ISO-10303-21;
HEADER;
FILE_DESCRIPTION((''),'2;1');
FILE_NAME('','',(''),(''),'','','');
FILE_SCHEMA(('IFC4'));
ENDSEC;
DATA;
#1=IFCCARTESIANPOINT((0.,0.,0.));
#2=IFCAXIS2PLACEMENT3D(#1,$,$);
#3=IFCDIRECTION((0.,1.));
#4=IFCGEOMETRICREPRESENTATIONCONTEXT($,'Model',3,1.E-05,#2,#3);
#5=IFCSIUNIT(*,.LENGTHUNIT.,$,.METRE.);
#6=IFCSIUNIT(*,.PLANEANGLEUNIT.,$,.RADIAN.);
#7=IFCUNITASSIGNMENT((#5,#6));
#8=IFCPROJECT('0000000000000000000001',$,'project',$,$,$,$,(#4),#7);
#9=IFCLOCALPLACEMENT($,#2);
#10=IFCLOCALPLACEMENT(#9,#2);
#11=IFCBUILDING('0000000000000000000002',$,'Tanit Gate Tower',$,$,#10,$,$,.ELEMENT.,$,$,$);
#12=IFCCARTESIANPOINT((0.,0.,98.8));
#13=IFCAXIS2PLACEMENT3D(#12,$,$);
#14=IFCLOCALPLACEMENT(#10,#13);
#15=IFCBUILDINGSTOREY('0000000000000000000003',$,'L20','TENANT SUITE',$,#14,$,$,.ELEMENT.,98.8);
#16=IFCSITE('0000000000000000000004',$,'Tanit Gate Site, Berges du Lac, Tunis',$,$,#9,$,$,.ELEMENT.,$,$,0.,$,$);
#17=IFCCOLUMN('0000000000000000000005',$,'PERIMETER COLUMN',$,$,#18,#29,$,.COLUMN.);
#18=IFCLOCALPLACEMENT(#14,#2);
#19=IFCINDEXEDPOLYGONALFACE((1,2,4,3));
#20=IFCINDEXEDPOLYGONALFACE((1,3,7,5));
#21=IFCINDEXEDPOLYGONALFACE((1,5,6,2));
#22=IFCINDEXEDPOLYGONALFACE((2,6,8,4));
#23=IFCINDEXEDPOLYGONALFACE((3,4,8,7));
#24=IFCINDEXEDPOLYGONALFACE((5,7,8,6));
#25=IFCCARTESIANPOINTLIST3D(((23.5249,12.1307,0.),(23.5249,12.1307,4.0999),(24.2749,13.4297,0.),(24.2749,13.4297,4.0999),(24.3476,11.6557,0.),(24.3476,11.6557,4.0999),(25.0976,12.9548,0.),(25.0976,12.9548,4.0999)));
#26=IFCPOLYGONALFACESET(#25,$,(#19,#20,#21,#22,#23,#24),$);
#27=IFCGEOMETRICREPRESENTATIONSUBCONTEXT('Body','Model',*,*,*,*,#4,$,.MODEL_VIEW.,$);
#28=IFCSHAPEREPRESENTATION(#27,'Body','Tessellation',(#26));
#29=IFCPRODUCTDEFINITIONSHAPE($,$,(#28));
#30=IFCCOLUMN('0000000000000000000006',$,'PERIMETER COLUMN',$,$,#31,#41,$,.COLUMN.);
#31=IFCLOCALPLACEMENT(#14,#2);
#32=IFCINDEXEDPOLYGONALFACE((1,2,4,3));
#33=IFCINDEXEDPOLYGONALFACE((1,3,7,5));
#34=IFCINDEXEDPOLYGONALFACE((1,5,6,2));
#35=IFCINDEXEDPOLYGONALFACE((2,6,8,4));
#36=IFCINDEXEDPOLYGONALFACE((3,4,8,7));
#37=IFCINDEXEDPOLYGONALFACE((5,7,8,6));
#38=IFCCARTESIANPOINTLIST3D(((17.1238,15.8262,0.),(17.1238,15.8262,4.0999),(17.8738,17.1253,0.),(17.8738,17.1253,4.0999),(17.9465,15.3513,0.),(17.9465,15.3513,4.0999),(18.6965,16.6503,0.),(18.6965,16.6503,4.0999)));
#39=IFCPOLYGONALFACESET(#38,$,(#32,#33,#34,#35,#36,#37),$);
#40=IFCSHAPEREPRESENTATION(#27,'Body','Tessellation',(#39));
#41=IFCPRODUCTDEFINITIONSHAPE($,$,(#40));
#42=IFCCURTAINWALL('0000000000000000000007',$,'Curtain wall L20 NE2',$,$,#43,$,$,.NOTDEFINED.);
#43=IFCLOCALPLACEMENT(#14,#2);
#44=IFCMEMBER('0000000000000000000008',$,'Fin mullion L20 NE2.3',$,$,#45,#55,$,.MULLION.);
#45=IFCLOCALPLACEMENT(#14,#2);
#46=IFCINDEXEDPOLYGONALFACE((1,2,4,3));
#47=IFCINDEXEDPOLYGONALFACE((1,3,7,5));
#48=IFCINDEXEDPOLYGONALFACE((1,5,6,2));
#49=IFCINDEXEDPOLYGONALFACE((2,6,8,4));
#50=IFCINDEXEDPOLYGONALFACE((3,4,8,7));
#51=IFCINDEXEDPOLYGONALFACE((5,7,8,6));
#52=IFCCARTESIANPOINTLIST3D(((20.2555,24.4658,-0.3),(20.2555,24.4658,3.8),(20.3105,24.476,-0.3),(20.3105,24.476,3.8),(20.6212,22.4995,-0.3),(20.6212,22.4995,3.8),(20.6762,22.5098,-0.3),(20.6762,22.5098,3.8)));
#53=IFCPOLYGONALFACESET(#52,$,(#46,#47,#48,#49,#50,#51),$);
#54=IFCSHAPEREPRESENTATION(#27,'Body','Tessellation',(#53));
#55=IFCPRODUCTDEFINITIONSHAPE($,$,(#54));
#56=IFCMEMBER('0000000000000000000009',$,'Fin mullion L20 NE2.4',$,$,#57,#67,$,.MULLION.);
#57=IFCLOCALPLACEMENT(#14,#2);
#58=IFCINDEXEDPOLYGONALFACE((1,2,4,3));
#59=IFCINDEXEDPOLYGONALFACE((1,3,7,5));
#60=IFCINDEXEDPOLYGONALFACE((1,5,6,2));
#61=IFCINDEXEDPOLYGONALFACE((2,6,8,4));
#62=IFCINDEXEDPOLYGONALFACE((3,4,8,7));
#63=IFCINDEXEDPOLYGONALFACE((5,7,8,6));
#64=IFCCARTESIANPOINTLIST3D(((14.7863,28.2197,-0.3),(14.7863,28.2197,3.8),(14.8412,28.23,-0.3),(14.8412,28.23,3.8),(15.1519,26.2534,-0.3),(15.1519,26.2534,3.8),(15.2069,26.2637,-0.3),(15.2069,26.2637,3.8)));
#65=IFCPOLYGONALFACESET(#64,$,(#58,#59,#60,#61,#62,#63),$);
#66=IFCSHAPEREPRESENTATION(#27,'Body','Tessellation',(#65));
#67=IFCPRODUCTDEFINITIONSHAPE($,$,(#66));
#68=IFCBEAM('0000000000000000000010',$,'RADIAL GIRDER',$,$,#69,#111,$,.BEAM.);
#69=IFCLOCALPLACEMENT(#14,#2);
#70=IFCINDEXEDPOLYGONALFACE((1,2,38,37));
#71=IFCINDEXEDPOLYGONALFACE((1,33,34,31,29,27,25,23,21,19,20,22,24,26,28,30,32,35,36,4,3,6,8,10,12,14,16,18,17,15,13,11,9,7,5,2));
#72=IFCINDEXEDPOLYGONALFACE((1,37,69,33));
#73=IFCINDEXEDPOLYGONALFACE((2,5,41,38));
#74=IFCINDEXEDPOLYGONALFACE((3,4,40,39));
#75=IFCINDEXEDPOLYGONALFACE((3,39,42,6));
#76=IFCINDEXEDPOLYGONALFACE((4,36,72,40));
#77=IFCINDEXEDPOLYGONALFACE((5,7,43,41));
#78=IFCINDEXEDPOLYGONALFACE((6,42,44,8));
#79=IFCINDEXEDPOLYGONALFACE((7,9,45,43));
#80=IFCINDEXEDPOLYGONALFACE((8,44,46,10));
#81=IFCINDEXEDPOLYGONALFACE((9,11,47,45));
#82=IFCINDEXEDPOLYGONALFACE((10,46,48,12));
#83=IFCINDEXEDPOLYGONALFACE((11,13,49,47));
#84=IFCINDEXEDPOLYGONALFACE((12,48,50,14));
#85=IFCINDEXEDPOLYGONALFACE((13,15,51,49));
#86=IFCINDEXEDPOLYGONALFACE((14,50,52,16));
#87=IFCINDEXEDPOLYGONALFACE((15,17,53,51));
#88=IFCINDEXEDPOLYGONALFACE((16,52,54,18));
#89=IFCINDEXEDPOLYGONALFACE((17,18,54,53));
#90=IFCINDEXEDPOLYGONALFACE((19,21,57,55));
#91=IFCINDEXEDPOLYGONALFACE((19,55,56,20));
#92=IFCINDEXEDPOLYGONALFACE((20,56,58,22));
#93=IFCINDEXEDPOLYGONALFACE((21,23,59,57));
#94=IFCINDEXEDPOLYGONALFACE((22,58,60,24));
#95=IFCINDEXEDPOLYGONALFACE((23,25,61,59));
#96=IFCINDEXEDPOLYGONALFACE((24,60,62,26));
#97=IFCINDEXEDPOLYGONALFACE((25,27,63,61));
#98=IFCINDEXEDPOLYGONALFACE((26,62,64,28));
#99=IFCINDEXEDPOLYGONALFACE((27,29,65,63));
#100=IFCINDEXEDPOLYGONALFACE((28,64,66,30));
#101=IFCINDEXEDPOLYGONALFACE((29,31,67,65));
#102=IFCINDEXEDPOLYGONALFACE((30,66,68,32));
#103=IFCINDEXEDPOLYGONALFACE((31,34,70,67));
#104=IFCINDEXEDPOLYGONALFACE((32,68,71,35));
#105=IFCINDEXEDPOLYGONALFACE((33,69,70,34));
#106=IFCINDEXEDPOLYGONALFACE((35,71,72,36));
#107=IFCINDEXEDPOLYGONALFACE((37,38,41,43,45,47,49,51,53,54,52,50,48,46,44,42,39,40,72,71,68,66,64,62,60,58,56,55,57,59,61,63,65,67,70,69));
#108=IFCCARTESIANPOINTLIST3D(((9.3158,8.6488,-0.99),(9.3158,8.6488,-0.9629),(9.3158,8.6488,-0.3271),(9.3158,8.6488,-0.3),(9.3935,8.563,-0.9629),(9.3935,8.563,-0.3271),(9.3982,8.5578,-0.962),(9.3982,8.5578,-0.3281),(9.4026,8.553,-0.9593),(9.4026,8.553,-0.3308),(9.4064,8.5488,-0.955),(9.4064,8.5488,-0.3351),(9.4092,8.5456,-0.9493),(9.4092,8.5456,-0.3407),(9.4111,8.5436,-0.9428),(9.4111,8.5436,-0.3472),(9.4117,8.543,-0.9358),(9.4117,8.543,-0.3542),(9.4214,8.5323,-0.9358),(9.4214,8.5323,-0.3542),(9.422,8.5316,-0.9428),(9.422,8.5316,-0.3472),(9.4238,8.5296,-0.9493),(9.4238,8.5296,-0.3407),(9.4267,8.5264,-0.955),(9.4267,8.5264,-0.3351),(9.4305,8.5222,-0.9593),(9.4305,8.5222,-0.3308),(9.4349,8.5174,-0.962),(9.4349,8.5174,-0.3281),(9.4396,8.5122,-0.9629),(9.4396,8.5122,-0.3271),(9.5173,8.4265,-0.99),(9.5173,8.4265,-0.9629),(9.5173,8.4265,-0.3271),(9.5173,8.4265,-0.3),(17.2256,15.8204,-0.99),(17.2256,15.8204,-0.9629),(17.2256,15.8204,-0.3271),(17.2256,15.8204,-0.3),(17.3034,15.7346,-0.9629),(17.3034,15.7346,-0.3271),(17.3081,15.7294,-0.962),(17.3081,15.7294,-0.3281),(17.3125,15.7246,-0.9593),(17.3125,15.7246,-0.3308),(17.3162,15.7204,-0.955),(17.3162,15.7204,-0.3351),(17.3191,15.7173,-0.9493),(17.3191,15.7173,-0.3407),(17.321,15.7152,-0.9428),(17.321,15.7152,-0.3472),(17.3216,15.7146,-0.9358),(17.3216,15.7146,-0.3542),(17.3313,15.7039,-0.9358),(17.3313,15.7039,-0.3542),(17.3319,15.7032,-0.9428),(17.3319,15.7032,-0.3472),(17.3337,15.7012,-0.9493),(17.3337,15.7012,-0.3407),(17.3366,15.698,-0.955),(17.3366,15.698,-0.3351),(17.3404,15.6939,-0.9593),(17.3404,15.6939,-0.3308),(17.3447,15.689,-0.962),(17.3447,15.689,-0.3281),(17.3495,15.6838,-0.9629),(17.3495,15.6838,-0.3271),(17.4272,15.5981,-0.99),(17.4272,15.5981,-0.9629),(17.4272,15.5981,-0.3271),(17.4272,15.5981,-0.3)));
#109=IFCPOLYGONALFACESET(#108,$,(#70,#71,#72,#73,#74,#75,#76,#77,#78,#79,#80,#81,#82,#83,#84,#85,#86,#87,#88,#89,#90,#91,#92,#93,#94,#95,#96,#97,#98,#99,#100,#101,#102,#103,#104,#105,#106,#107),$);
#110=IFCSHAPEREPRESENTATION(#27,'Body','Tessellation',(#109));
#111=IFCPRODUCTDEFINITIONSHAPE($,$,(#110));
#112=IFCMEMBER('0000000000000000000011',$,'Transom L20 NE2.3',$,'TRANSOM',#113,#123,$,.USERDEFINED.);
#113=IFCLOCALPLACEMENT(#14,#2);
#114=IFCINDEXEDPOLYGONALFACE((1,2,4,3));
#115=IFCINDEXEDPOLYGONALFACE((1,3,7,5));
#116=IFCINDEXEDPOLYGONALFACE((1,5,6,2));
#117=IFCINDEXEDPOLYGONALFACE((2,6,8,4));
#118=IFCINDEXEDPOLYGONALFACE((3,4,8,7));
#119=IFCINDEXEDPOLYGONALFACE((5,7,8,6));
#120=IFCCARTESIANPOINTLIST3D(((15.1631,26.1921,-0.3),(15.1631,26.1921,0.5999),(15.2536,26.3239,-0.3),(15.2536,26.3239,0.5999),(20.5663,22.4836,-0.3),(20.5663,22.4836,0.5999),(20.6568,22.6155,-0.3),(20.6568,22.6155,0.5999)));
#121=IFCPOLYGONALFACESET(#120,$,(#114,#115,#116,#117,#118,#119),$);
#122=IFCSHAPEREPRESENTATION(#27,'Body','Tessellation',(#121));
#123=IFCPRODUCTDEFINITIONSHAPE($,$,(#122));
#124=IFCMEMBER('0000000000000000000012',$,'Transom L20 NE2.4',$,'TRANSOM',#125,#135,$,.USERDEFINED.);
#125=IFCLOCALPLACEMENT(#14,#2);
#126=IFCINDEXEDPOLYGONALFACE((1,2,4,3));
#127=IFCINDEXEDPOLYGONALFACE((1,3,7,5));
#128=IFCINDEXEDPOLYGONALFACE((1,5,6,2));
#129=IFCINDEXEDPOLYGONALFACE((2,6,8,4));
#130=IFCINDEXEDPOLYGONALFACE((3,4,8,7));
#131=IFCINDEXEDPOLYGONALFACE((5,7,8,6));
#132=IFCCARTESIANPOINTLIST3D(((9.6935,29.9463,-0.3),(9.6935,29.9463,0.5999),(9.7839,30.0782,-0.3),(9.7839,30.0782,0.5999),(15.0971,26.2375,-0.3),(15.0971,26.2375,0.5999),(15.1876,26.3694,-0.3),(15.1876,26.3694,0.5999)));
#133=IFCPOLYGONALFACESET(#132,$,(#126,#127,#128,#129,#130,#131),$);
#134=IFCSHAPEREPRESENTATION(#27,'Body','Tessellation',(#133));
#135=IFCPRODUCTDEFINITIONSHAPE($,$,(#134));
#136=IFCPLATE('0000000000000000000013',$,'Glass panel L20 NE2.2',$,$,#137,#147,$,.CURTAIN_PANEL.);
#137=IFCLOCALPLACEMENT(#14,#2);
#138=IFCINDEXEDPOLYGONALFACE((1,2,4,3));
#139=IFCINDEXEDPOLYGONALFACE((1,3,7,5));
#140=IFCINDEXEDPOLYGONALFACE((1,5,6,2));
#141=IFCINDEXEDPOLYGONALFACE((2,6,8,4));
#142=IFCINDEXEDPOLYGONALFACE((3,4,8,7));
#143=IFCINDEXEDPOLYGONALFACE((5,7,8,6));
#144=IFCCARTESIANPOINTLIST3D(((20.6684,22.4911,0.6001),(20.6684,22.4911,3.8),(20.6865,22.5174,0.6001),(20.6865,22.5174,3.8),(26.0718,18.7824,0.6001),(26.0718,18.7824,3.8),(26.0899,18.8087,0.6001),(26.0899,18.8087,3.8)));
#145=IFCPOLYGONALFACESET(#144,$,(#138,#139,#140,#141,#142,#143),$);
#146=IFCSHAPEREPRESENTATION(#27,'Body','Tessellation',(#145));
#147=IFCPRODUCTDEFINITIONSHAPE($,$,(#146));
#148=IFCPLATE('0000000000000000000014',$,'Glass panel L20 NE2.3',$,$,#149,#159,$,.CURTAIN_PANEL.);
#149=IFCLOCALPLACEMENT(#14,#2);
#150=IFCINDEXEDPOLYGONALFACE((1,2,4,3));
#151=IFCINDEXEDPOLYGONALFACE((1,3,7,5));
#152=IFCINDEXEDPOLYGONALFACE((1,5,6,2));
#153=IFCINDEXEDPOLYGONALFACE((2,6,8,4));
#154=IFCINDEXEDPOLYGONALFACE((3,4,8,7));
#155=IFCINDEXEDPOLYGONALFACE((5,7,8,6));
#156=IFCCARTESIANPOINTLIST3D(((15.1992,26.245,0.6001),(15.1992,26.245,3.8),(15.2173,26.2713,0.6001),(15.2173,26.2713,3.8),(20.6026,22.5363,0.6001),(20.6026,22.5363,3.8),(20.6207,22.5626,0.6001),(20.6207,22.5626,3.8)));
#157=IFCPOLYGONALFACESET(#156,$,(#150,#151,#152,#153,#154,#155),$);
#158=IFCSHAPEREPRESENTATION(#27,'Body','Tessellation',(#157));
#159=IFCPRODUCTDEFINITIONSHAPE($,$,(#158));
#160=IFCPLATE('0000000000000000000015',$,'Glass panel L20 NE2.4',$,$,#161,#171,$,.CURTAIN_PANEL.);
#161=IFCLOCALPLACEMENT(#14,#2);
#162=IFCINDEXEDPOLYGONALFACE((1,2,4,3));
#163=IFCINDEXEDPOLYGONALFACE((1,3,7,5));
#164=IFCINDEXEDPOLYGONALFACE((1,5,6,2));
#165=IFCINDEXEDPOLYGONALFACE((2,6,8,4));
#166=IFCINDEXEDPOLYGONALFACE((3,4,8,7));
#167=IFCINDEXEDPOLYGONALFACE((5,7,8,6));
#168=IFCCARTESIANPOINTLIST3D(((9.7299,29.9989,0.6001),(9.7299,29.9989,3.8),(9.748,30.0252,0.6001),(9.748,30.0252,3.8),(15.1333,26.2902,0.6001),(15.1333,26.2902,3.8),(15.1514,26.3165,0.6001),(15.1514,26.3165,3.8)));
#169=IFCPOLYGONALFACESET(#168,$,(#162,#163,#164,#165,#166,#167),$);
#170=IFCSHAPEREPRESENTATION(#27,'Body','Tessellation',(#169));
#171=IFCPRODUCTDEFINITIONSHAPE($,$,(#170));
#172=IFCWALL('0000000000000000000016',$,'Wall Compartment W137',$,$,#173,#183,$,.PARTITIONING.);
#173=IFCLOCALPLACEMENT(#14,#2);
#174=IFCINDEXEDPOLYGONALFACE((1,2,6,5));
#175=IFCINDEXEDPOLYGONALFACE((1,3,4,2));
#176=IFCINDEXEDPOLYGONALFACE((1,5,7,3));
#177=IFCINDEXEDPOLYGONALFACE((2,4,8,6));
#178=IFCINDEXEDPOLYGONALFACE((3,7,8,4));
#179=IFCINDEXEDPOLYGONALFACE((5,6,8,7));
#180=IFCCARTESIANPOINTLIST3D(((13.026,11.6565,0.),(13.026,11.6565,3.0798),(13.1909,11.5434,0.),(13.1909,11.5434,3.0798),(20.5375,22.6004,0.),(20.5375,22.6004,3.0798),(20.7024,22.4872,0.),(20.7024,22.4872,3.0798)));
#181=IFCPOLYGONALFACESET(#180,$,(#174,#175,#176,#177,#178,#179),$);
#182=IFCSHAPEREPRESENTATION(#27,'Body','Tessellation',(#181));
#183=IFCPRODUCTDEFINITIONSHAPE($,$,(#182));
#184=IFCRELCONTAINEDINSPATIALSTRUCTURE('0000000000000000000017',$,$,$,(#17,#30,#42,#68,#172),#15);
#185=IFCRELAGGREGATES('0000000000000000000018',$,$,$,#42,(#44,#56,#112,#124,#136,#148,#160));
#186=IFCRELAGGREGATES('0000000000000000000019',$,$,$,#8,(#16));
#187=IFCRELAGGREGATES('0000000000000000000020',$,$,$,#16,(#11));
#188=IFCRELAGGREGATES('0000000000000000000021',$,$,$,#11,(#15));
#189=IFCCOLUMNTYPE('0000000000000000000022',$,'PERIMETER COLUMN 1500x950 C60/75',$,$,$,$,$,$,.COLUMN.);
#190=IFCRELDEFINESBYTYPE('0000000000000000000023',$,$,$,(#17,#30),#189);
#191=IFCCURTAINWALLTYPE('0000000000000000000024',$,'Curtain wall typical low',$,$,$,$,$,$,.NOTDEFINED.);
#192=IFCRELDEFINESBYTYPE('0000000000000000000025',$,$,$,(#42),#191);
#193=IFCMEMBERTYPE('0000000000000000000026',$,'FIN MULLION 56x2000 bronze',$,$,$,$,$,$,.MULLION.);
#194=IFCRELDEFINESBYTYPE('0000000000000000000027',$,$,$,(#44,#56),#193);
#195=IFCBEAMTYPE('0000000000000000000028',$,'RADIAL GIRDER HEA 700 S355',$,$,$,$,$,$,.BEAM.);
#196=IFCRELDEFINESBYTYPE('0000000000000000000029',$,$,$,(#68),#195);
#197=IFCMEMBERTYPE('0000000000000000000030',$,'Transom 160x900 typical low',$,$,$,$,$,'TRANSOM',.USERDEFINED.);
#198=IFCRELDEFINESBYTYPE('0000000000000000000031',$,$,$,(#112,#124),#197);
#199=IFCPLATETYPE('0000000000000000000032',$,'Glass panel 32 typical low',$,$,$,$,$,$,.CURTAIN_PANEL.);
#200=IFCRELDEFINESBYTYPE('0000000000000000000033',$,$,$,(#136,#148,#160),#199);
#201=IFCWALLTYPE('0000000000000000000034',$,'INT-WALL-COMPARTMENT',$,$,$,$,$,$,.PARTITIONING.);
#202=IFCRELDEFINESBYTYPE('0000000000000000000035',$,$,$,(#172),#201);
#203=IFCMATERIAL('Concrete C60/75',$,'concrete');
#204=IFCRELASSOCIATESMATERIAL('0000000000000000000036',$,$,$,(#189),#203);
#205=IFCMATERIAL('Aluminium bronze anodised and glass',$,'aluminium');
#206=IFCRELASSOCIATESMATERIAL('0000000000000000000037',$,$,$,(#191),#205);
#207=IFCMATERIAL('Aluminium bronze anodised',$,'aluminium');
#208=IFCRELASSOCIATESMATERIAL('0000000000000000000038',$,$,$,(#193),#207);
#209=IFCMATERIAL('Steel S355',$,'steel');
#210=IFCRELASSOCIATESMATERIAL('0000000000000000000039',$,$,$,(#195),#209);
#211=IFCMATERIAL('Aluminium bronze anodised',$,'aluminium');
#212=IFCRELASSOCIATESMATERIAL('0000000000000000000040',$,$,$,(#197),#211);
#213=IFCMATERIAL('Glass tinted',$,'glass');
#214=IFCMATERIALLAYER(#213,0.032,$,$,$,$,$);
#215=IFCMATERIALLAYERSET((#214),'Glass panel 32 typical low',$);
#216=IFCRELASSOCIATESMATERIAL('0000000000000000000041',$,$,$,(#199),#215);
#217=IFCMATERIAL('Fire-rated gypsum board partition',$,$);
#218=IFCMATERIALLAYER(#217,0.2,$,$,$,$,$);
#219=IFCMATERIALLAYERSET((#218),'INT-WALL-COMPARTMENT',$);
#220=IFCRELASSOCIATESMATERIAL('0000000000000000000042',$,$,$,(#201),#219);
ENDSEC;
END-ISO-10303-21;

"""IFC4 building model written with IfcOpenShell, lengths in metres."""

from ifc_helpers import new_model, si_unit, direction, frame, frame_2d, origin, origin_2d, place, context, subcontext, project, spatial, rectangle, i_section, extrude, material, layer, layer_set, material_profile, profile_set, type_object, element, aggregate, save


model = new_model("IFC4")

# Units and contexts
model_context = context("Model", 3, precision=1e-05, world=origin(), true_north=direction((0.0, 1.0)))
body_context = subcontext(model_context, "Body", "Model", "MODEL_VIEW")
ifc_project = project(units=[si_unit("LENGTHUNIT", "METRE"), si_unit("PLANEANGLEUNIT", "RADIAN")], contexts=[model_context])

# Site, building, storey
site_placement = place(None, origin())
site = spatial("IfcSite", under=ifc_project, at=site_placement, Name="Tanit Gate Site, Berges du Lac, Tunis", CompositionType="ELEMENT", RefElevation=0.0)
building_placement = place(site_placement, origin())
building = spatial("IfcBuilding", under=site, at=building_placement, Name="Tanit Gate Tower", CompositionType="ELEMENT")
storey_placement = place(building_placement, frame((0.0, 0.0, 98.8)))
storey = spatial("IfcBuildingStorey", under=building, at=storey_placement, Name="L20", Description="TENANT SUITE", CompositionType="ELEMENT", Elevation=98.8)

# Columns
ifc_material_1 = material(Name="Concrete C60/75", Category="concrete")
ifc_material_profile_1 = material_profile(ifc_material_1, rectangle(XDim=1.5, YDim=0.95, at=origin_2d()), Name="RC 1500x950")
ifc_profile_set_1 = profile_set([ifc_material_profile_1], Name="Concrete C60/75")
column_type = type_object("IfcColumnType", Name="PERIMETER COLUMN 1500x950 C60/75", PredefinedType="COLUMN", material=ifc_profile_set_1)
for number, where, z_axis, x_axis, name in (
    (1, (24.3113, 12.5427, 0.0), (0.0, 0.0, 1.0), (0.5, 0.866025, 0.0), "PERIMETER COLUMN"),
    (2, (17.9102, 16.2383, 0.0), (0.0, 0.0, 1.0), (0.5, 0.866025, 0.0), "PERIMETER COLUMN"),
):
    element("IfcColumn", number, at=place(storey_placement, frame(where, z_axis=z_axis, x_axis=x_axis)), inside=storey, type_object=column_type, Name=name, PredefinedType="COLUMN", context=body_context, shape_type="SweptSolid", body=[
        extrude(rectangle(XDim=1.5, YDim=0.95, at=origin_2d()), origin(), (0.0, 0.0, 1.0), 4.0999),
    ])

# Curtain wall, members
ifc_material_2 = material(Name="Aluminium bronze anodised and glass", Category="aluminium")
curtain_wall_type = type_object("IfcCurtainWallType", Name="Curtain wall typical low", PredefinedType="NOTDEFINED", material=ifc_material_2)
curtain_wall_placement = place(storey_placement, origin())
curtain_wall = element("IfcCurtainWall", 3, at=curtain_wall_placement, inside=storey, type_object=curtain_wall_type, Name="Curtain wall L20 NE2", PredefinedType="NOTDEFINED")
ifc_material_3 = material(Name="Aluminium bronze anodised", Category="aluminium")
ifc_material_profile_2 = material_profile(ifc_material_3, rectangle(XDim=2.0, YDim=0.0559, at=origin_2d()), Name="56x2000 bronze fin mullion")
ifc_profile_set_2 = profile_set([ifc_material_profile_2], Name="Aluminium bronze anodised")
member_type_1 = type_object("IfcMemberType", Name="FIN MULLION 56x2000 bronze", PredefinedType="MULLION", material=ifc_profile_set_2)
member_1_placement = place(storey_placement, frame((20.4658, 23.4878, -0.3), z_axis=(0.0, 0.0, 1.0), x_axis=(0.182847, -0.983141, 0.0)))
member_1 = element("IfcMember", 4, at=member_1_placement, type_object=member_type_1, Name="Fin mullion L20 NE2.3", PredefinedType="MULLION", context=body_context, shape_type="SweptSolid", body=[
    extrude(rectangle(XDim=2.0, YDim=0.0559, at=origin_2d()), origin(), (0.0, 0.0, 1.0), 4.1001),
])
member_2_placement = place(storey_placement, frame((14.9966, 27.2417, -0.3), z_axis=(0.0, 0.0, 1.0), x_axis=(0.182847, -0.983141, 0.0)))
member_2 = element("IfcMember", 5, at=member_2_placement, type_object=member_type_1, Name="Fin mullion L20 NE2.4", PredefinedType="MULLION", context=body_context, shape_type="SweptSolid", body=[
    extrude(rectangle(XDim=2.0, YDim=0.0559, at=origin_2d()), origin(), (0.0, 0.0, 1.0), 4.1001),
])

# Beam
ifc_material_4 = material(Name="Steel S355", Category="steel")
ifc_material_profile_3 = material_profile(ifc_material_4, i_section(OverallWidth=0.3, OverallDepth=0.6899, WebThickness=0.0144, FlangeThickness=0.0271, FilletRadius=0.0271, at=origin_2d()), Name="HEA 700")
ifc_profile_set_3 = profile_set([ifc_material_profile_3], Name="Steel S355")
beam_type = type_object("IfcBeamType", Name="RADIAL GIRDER HEA 700 S355", PredefinedType="BEAM", material=ifc_profile_set_3)
beam_placement = place(storey_placement, frame((17.3264, 15.7092, -0.645), z_axis=(-0.740834, -0.671688, 0.0), x_axis=(0.671688, -0.740834, 0.0)))
element("IfcBeam", 6, at=beam_placement, inside=storey, type_object=beam_type, Name="RADIAL GIRDER", PredefinedType="BEAM", context=body_context, shape_type="SweptSolid", body=[
    extrude(i_section(OverallWidth=0.3, OverallDepth=0.6899, WebThickness=0.0144, FlangeThickness=0.0271, FilletRadius=0.0271, at=origin_2d()), origin(), (0.0, 0.0, 1.0), 10.677),
])

# Members
ifc_material_5 = material(Name="Aluminium bronze anodised", Category="aluminium")
ifc_material_profile_4 = material_profile(ifc_material_5, rectangle(XDim=0.1599, YDim=0.8999, at=origin_2d()), Name="160x900 bronze transom")
ifc_profile_set_4 = profile_set([ifc_material_profile_4], Name="Aluminium bronze anodised")
member_type_2 = type_object("IfcMemberType", Name="Transom 160x900 typical low", ElementType="TRANSOM", PredefinedType="USERDEFINED", material=ifc_profile_set_4)
member_3_placement = place(storey_placement, frame((20.6116, 22.5496, 0.1499), z_axis=(-0.824489, 0.565877, 0.0), x_axis=(-0.565877, -0.824489, 0.0)))
member_3 = element("IfcMember", 7, at=member_3_placement, type_object=member_type_2, Name="Transom L20 NE2.3", ObjectType="TRANSOM", PredefinedType="USERDEFINED", context=body_context, shape_type="SweptSolid", body=[
    extrude(rectangle(XDim=0.1599, YDim=0.8999, at=origin_2d()), origin(), (0.0, 0.0, 1.0), 6.5535),
])
member_4_placement = place(storey_placement, frame((15.1423, 26.3035, 0.1499), z_axis=(-0.824484, 0.565885, 0.0), x_axis=(-0.565885, -0.824484, 0.0)))
member_4 = element("IfcMember", 8, at=member_4_placement, type_object=member_type_2, Name="Transom L20 NE2.4", ObjectType="TRANSOM", PredefinedType="USERDEFINED", context=body_context, shape_type="SweptSolid", body=[
    extrude(rectangle(XDim=0.1599, YDim=0.8999, at=origin_2d()), origin(), (0.0, 0.0, 1.0), 6.554),
])

# Plates
ifc_material_6 = material(Name="Glass tinted", Category="glass")
ifc_layer_1 = layer(ifc_material_6, 0.032)
ifc_layer_set_1 = layer_set([ifc_layer_1], Name="Glass panel 32 typical low")
plate_type = type_object("IfcPlateType", Name="Glass panel 32 typical low", PredefinedType="CURTAIN_PANEL", material=ifc_layer_set_1)
plate_1_placement = place(storey_placement, frame((23.3792, 20.6499, 0.6001), z_axis=(0.0, 0.0, 1.0), x_axis=(-0.824479, 0.565893, 0.0)))
plate_1 = element("IfcPlate", 9, at=plate_1_placement, type_object=plate_type, Name="Glass panel L20 NE2.2", PredefinedType="CURTAIN_PANEL", context=body_context, shape_type="SweptSolid", body=[
    extrude(rectangle(XDim=6.5537, YDim=0.032, at=origin_2d()), origin(), (0.0, 0.0, 1.0), 3.2),
])
plate_2_placement = place(storey_placement, frame((17.9099, 24.4038, 0.6001), z_axis=(0.0, 0.0, 1.0), x_axis=(-0.824479, 0.565893, 0.0)))
plate_2 = element("IfcPlate", 10, at=plate_2_placement, type_object=plate_type, Name="Glass panel L20 NE2.3", PredefinedType="CURTAIN_PANEL", context=body_context, shape_type="SweptSolid", body=[
    extrude(rectangle(XDim=6.5537, YDim=0.032, at=origin_2d()), origin(), (0.0, 0.0, 1.0), 3.2),
])
plate_3_placement = place(storey_placement, frame((12.4407, 28.1577, 0.6001), z_axis=(0.0, 0.0, 1.0), x_axis=(-0.824479, 0.565893, 0.0)))
plate_3 = element("IfcPlate", 11, at=plate_3_placement, type_object=plate_type, Name="Glass panel L20 NE2.4", PredefinedType="CURTAIN_PANEL", context=body_context, shape_type="SweptSolid", body=[
    extrude(rectangle(XDim=6.5537, YDim=0.032, at=origin_2d()), origin(), (0.0, 0.0, 1.0), 3.2),
])
aggregate(curtain_wall, [member_1, member_2, member_3, member_4, plate_1, plate_2, plate_3])

# Wall
ifc_material_7 = material(Name="Fire-rated gypsum board partition")
ifc_layer_2 = layer(ifc_material_7, 0.2)
ifc_layer_set_2 = layer_set([ifc_layer_2], Name="INT-WALL-COMPARTMENT")
wall_type = type_object("IfcWallType", Name="INT-WALL-COMPARTMENT", PredefinedType="PARTITIONING", material=ifc_layer_set_2)
wall_placement = place(storey_placement, frame((20.6199, 22.5437, 0.0), z_axis=(0.0, 0.0, 1.0), x_axis=(-0.565893, -0.824479, 0.0)))
element("IfcWall", 12, at=wall_placement, inside=storey, type_object=wall_type, Name="Wall Compartment W137", PredefinedType="PARTITIONING", context=body_context, shape_type="SweptSolid", body=[
    extrude(rectangle(XDim=13.2737, YDim=0.2, at=frame_2d((6.6367, 0.0))), origin(), (0.0, 0.0, 1.0), 3.0798),
])

save(model, "model.ifc")
